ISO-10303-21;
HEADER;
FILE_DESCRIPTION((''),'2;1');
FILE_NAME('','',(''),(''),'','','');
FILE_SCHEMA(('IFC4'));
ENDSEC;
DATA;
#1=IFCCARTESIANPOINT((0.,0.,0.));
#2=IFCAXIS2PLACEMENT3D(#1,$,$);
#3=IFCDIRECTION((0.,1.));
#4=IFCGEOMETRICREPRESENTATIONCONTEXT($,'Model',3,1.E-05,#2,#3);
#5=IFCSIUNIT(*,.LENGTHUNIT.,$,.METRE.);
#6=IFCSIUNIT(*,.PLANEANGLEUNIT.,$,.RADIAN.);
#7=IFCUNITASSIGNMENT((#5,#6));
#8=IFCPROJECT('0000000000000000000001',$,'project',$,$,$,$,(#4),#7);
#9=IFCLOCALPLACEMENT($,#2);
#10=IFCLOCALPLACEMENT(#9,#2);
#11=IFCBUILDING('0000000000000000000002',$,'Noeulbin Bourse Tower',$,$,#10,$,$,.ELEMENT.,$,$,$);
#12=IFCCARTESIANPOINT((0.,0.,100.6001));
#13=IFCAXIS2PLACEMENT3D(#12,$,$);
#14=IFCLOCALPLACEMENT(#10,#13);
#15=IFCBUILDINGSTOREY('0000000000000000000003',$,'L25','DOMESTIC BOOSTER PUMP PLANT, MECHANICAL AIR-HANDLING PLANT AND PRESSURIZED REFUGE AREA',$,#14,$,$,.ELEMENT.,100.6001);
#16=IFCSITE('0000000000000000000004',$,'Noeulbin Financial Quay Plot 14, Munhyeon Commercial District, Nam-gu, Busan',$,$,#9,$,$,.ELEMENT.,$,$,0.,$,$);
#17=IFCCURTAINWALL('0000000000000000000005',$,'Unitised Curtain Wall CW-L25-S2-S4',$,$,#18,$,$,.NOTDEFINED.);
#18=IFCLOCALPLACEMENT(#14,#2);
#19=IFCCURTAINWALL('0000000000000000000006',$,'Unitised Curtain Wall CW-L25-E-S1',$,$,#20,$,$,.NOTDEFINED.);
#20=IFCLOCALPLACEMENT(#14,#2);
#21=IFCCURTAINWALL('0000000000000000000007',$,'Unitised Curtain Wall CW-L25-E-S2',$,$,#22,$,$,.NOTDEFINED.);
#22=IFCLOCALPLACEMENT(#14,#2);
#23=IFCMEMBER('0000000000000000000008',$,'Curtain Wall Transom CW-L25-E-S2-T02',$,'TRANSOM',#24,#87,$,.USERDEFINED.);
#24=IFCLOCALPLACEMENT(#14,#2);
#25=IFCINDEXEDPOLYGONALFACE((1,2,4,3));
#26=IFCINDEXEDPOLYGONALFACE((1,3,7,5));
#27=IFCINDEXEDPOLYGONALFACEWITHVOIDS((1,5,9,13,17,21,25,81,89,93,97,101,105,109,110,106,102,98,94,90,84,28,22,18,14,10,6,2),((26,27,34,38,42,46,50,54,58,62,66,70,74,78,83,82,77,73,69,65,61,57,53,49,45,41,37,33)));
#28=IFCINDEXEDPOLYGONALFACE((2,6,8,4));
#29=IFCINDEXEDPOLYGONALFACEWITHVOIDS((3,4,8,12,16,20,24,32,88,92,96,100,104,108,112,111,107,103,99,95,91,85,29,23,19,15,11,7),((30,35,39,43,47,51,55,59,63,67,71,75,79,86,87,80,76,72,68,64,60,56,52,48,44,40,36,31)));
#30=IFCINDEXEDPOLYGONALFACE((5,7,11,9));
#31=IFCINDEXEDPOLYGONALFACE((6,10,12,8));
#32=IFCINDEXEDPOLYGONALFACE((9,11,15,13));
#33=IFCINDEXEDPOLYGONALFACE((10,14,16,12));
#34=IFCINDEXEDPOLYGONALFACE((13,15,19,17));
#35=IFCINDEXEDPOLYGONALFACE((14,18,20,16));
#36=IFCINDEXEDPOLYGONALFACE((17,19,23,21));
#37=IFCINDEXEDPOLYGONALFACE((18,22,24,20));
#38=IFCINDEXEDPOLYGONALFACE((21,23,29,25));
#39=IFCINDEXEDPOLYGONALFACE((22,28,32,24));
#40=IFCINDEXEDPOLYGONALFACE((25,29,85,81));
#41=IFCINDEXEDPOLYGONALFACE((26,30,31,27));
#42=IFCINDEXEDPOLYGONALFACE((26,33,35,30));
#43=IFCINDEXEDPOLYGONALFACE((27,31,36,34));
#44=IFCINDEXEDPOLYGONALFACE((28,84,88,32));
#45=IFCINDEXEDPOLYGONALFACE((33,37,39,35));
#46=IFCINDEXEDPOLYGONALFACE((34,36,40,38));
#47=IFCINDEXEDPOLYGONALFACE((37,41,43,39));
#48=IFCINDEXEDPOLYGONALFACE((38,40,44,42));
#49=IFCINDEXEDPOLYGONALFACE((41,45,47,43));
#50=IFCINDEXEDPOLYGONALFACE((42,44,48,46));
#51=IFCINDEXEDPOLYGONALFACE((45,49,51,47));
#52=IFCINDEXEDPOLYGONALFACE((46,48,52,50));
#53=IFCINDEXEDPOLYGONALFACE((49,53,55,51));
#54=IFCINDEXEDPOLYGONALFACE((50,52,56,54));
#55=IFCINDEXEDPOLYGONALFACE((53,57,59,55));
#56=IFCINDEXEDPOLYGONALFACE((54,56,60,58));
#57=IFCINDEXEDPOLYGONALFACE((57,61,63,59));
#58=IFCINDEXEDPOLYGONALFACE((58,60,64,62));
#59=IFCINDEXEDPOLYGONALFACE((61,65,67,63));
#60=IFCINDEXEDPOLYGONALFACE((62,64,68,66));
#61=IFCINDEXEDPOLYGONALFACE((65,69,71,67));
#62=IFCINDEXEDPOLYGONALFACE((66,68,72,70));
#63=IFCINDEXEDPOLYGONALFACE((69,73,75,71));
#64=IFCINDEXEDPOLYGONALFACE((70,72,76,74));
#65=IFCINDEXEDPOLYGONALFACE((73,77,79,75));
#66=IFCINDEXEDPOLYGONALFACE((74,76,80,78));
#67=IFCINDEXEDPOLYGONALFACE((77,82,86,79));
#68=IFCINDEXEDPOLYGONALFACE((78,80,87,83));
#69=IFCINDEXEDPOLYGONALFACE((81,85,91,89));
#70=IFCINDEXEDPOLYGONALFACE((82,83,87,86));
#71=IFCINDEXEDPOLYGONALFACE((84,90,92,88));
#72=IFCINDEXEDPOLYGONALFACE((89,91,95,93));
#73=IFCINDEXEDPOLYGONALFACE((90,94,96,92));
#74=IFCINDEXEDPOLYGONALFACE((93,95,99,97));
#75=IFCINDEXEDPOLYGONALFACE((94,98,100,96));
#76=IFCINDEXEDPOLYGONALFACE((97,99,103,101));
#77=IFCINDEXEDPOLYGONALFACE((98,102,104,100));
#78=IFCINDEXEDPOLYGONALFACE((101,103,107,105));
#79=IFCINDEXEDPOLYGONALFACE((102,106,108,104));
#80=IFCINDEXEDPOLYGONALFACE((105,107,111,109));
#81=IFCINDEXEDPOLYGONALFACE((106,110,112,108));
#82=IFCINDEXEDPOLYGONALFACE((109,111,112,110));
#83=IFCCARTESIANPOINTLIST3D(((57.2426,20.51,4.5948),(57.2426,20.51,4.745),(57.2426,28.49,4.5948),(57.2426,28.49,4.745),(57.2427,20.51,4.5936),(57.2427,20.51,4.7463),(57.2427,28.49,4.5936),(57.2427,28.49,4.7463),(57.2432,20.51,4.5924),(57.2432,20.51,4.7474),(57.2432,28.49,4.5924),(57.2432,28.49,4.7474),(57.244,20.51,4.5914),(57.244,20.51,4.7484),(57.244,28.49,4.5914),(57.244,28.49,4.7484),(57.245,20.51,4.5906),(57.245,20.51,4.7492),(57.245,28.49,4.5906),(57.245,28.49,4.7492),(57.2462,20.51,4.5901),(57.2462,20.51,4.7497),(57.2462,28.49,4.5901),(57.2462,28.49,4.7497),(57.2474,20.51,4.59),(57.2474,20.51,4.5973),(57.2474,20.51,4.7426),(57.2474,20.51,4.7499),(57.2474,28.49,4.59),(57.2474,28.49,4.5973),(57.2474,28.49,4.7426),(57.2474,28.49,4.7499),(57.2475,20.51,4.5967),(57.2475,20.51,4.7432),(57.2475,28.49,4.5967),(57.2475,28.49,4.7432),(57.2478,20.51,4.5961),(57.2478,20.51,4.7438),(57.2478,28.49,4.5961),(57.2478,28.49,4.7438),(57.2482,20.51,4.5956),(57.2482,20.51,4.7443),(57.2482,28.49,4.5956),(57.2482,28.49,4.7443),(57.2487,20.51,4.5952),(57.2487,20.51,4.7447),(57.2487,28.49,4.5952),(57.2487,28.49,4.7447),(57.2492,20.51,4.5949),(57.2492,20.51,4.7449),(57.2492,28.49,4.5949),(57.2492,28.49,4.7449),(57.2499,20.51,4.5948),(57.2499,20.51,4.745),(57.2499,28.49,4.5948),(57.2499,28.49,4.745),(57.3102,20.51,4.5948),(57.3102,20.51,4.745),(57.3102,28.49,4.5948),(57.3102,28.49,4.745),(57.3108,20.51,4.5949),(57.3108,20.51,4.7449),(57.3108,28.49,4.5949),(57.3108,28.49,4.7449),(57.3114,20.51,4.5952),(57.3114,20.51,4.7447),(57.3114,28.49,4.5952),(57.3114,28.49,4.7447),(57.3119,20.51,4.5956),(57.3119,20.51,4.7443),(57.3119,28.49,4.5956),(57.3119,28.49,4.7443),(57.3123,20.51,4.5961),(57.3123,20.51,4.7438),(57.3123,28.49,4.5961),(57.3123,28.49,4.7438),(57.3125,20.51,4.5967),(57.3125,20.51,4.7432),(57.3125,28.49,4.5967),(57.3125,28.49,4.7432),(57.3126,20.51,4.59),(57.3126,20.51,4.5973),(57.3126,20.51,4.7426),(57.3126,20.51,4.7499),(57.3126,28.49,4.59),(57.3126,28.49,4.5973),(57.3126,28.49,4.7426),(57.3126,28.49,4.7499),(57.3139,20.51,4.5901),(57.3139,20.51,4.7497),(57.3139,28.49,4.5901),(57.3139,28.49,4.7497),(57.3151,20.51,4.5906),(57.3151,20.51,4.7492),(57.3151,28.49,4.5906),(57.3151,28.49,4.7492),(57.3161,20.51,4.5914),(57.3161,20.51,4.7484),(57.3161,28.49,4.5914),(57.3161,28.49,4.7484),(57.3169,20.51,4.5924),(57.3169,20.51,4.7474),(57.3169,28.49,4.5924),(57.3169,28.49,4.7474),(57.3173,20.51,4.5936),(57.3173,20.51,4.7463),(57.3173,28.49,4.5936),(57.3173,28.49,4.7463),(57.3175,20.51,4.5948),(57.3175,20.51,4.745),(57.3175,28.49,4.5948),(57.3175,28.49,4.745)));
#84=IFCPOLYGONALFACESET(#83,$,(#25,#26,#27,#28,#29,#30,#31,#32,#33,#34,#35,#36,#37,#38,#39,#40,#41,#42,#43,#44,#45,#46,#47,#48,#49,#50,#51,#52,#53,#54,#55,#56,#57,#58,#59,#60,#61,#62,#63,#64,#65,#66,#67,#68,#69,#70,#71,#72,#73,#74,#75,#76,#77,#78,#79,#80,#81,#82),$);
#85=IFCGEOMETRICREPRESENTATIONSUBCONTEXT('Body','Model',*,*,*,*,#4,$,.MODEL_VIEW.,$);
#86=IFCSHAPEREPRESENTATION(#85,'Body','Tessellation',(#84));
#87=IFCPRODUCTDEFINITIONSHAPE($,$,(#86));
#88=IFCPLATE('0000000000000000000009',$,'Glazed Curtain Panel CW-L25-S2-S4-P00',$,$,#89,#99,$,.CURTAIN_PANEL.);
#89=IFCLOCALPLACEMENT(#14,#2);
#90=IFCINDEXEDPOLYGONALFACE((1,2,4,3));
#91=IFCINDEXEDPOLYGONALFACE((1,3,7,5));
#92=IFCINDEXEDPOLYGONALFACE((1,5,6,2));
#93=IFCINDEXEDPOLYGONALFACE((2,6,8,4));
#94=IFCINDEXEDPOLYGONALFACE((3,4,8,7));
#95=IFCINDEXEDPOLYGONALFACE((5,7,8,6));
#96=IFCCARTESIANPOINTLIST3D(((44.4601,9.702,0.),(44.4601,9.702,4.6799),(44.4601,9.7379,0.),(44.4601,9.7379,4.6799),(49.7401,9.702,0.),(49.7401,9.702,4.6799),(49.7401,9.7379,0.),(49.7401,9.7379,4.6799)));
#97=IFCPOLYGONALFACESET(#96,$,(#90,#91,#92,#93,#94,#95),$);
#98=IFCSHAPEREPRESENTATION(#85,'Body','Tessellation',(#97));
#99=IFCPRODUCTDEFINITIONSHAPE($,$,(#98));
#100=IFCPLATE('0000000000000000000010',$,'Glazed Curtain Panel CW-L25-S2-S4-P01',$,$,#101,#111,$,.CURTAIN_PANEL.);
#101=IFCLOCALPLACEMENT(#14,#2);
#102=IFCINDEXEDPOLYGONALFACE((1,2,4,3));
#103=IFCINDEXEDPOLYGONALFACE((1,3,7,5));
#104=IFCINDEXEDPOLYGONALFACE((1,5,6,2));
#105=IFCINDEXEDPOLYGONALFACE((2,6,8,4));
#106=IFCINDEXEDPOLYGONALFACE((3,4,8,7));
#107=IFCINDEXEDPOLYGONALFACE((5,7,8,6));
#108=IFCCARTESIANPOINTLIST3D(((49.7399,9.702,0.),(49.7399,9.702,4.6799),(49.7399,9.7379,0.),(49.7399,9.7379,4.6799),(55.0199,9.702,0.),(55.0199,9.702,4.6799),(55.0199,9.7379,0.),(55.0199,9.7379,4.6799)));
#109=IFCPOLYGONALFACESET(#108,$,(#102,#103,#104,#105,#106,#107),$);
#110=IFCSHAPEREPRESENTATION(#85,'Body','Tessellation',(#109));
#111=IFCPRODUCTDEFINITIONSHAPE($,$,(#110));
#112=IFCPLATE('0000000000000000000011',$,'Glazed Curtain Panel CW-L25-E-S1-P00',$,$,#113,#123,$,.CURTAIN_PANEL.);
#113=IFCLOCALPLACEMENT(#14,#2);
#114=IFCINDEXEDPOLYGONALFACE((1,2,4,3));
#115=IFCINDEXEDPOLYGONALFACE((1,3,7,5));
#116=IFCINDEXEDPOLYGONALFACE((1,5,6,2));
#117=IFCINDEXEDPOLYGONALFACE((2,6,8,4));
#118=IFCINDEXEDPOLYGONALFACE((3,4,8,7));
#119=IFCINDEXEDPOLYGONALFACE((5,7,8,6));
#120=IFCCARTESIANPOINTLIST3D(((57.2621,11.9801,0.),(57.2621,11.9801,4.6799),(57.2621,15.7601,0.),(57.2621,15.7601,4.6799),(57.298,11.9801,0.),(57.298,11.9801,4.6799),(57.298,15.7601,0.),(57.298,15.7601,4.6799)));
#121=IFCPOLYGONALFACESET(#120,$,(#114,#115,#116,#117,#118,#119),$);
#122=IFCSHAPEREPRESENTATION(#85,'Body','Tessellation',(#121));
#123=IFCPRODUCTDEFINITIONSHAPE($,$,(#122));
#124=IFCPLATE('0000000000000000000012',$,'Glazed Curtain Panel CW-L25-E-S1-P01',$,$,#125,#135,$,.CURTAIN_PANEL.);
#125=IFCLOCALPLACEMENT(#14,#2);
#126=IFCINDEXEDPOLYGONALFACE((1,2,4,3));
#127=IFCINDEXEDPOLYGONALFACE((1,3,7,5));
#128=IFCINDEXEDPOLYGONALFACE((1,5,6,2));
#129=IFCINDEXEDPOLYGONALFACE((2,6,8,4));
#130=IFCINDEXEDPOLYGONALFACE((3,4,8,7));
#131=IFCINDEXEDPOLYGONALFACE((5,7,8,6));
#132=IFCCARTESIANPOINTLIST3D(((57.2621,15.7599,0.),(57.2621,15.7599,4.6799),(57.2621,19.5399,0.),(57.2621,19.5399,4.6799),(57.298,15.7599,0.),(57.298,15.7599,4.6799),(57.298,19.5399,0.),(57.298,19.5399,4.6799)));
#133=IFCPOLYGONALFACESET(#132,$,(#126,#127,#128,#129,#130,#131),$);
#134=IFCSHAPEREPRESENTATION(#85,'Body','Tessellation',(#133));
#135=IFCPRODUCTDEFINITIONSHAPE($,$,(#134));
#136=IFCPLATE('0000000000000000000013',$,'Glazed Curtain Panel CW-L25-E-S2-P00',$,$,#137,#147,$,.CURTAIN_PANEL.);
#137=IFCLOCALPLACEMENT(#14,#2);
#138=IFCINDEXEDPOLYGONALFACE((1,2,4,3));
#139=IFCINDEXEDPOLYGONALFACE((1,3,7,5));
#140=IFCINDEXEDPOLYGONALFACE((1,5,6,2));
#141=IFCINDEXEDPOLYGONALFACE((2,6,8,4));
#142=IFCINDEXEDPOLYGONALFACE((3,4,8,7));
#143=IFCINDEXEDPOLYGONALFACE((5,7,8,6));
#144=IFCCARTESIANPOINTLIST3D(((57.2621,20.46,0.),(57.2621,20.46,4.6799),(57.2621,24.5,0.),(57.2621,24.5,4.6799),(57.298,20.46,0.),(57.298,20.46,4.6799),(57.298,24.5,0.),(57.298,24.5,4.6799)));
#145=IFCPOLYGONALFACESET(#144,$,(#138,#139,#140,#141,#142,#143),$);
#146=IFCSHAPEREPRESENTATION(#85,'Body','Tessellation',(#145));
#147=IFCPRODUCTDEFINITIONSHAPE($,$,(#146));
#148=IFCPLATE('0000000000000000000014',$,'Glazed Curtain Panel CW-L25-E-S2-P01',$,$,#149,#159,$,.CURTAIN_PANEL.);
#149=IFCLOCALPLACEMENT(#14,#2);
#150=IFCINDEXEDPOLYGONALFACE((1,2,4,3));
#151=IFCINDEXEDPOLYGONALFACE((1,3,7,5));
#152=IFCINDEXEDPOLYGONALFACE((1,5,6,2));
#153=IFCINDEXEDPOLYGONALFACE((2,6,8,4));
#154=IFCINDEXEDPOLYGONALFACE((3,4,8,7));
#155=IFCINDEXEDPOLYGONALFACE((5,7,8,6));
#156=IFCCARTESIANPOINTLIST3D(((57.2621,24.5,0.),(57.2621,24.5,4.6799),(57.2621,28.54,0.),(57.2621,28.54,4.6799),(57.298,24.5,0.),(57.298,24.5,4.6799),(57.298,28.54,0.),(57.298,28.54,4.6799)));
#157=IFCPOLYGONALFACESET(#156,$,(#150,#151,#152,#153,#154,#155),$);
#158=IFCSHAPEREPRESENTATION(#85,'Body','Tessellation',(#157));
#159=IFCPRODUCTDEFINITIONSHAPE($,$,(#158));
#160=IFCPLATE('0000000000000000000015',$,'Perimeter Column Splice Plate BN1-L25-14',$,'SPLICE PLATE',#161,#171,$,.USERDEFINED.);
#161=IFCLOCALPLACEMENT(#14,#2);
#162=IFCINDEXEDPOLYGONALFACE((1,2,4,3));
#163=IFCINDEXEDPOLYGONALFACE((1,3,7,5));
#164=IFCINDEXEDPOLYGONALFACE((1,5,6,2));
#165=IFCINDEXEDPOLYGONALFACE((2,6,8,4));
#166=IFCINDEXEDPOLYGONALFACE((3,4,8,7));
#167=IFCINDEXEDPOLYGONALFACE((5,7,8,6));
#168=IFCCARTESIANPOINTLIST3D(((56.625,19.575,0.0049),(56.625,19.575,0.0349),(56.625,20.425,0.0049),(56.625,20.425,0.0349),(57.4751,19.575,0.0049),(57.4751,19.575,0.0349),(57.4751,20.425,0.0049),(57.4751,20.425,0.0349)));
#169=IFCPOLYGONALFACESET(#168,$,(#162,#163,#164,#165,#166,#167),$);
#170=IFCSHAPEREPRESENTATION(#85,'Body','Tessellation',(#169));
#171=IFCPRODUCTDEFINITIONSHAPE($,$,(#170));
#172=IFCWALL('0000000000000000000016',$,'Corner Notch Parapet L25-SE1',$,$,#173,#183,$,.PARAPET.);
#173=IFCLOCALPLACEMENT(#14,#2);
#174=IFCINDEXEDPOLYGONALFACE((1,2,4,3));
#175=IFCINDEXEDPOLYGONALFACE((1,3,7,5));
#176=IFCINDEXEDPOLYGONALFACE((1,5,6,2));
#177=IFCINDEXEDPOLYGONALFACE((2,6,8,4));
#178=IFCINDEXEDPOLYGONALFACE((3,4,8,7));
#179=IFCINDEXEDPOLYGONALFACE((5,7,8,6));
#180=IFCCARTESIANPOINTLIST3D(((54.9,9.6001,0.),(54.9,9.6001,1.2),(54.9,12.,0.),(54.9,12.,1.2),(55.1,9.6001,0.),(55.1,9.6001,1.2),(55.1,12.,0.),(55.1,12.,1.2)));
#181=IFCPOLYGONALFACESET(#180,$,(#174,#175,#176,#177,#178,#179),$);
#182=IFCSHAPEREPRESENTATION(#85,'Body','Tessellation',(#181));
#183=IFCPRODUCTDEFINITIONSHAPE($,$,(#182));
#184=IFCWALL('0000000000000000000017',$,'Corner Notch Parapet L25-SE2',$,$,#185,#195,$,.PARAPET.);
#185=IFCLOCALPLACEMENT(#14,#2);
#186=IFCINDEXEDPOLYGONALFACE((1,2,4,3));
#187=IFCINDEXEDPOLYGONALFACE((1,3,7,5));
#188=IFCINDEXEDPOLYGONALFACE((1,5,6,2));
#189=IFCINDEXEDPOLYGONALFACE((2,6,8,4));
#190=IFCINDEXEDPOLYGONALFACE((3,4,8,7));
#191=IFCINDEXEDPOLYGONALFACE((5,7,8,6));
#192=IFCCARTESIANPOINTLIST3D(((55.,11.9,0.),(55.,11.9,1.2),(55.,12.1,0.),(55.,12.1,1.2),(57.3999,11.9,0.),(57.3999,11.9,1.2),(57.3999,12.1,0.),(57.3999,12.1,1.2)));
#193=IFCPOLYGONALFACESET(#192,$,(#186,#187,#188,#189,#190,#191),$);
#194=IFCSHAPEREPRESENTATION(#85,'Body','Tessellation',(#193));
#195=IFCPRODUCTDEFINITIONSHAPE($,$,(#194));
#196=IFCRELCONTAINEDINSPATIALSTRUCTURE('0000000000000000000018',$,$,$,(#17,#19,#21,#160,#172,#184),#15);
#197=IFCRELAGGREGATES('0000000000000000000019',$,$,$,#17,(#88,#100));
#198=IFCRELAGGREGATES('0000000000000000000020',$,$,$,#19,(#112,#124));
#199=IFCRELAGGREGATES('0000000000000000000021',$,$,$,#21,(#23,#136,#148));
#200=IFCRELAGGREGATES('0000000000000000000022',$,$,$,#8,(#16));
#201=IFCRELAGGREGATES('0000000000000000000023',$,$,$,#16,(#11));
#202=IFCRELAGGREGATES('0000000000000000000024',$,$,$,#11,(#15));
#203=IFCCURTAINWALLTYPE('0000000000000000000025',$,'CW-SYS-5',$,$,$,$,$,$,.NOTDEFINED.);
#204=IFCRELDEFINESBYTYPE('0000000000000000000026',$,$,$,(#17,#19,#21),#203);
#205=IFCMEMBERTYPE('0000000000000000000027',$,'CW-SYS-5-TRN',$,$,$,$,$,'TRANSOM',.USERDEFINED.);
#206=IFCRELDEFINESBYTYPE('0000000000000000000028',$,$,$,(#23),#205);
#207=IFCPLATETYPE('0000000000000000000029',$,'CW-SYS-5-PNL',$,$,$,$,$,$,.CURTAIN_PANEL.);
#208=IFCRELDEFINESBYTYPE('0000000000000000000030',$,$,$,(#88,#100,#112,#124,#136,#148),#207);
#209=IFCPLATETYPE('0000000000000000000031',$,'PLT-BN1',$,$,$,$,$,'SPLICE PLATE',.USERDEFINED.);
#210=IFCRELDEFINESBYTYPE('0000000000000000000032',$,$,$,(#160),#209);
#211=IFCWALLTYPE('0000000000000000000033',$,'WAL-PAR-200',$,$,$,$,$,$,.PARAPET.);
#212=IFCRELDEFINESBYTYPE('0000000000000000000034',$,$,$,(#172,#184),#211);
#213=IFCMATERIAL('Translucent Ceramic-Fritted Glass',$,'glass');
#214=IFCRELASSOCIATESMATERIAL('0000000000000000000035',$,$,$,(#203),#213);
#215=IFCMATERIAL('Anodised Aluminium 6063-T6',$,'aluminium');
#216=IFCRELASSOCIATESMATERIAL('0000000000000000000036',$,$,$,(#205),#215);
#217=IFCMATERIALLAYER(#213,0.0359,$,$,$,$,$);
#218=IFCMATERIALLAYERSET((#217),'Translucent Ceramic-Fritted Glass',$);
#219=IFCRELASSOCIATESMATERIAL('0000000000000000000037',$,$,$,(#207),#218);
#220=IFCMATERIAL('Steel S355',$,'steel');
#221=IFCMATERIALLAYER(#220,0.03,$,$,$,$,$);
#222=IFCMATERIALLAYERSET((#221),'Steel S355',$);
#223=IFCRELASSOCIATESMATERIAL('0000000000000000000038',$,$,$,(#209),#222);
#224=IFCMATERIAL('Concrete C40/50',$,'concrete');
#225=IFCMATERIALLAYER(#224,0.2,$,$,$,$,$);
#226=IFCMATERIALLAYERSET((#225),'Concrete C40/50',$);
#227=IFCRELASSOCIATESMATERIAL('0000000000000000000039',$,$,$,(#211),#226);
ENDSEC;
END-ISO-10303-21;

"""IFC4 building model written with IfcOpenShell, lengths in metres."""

from ifc_helpers import new_model, si_unit, direction, frame, frame_2d, origin, origin_2d, place, context, subcontext, project, spatial, rectangle, hollow_rectangle, extrude, material, layer, layer_set, material_profile, profile_set, type_object, element, aggregate, save


model = new_model("IFC4")

# Units and contexts
model_context = context("Model", 3, precision=1e-05, world=origin(), true_north=direction((0.0, 1.0)))
body_context = subcontext(model_context, "Body", "Model", "MODEL_VIEW")
ifc_project = project(units=[si_unit("LENGTHUNIT", "METRE"), si_unit("PLANEANGLEUNIT", "RADIAN")], contexts=[model_context])

# Site, building, storey
site_placement = place(None, origin())
site = spatial("IfcSite", under=ifc_project, at=site_placement, Name="Noeulbin Financial Quay Plot 14, Munhyeon Commercial District, Nam-gu, Busan", CompositionType="ELEMENT", RefElevation=0.0)
building_placement = place(site_placement, origin())
building = spatial("IfcBuilding", under=site, at=building_placement, Name="Noeulbin Bourse Tower", CompositionType="ELEMENT")
storey_placement = place(building_placement, frame((0.0, 0.0, 100.6001)))
storey = spatial("IfcBuildingStorey", under=building, at=storey_placement, Name="L25", Description="DOMESTIC BOOSTER PUMP PLANT, MECHANICAL AIR-HANDLING PLANT AND PRESSURIZED REFUGE AREA", CompositionType="ELEMENT", Elevation=100.6001)

# Curtain walls
ifc_material_1 = material(Name="Translucent Ceramic-Fritted Glass", Category="glass")
curtain_wall_type = type_object("IfcCurtainWallType", Name="CW-SYS-5", PredefinedType="NOTDEFINED", material=ifc_material_1)
curtain_wall_1_placement = place(storey_placement, origin())
curtain_wall_1 = element("IfcCurtainWall", 1, at=curtain_wall_1_placement, inside=storey, type_object=curtain_wall_type, Name="Unitised Curtain Wall CW-L25-S2-S4", PredefinedType="NOTDEFINED")
ifc_material_2 = material(Name="Anodised Aluminium 6063-T6", Category="aluminium")
curtain_wall_2_placement = place(storey_placement, origin())
curtain_wall_2 = element("IfcCurtainWall", 2, at=curtain_wall_2_placement, inside=storey, type_object=curtain_wall_type, Name="Unitised Curtain Wall CW-L25-E-S1", PredefinedType="NOTDEFINED")
curtain_wall_3_placement = place(storey_placement, origin())
curtain_wall_3 = element("IfcCurtainWall", 3, at=curtain_wall_3_placement, inside=storey, type_object=curtain_wall_type, Name="Unitised Curtain Wall CW-L25-E-S2", PredefinedType="NOTDEFINED")

# Member
ifc_material_profile_1 = material_profile(ifc_material_2, hollow_rectangle(XDim=0.075, YDim=0.1599, WallThickness=0.0049, InnerFilletRadius=0.0024, OuterFilletRadius=0.0049, at=origin_2d()), Name="ALU-TRAN-75x160x5", Category="LoadBearing")
ifc_profile_set_1 = profile_set([ifc_material_profile_1], Name="Anodised Aluminium 6063-T6")
member_type_1 = type_object("IfcMemberType", Name="CW-SYS-5-TRN", ElementType="TRANSOM", PredefinedType="USERDEFINED", material=ifc_profile_set_1)
member_1_placement = place(storey_placement, frame((57.28, 20.51, 4.6699), z_axis=(0.0, 1.0, 0.0), x_axis=(-1.0, 0.0, 0.0)))
member_1 = element("IfcMember", 4, at=member_1_placement, type_object=member_type_1, Name="Curtain Wall Transom CW-L25-E-S2-T02", ObjectType="TRANSOM", PredefinedType="USERDEFINED", context=body_context, shape_type="SweptSolid", body=[
    extrude(hollow_rectangle(XDim=0.075, YDim=0.1599, WallThickness=0.0049, InnerFilletRadius=0.0024, OuterFilletRadius=0.0049, at=origin_2d()), origin(), (0.0, 0.0, 1.0), 7.98),
])

# Plates
ifc_layer_1 = layer(ifc_material_1, 0.0359)
ifc_layer_set_1 = layer_set([ifc_layer_1], Name="Translucent Ceramic-Fritted Glass")
plate_type_1 = type_object("IfcPlateType", Name="CW-SYS-5-PNL", PredefinedType="CURTAIN_PANEL", material=ifc_layer_set_1)
plate_1_placement = place(storey_placement, frame((47.1001, 9.72, 0.0), z_axis=(0.0, 0.0, 1.0), x_axis=(1.0, 0.0, 0.0)))
plate_1 = element("IfcPlate", 5, at=plate_1_placement, type_object=plate_type_1, Name="Glazed Curtain Panel CW-L25-S2-S4-P00", PredefinedType="CURTAIN_PANEL", context=body_context, shape_type="SweptSolid", body=[
    extrude(rectangle(XDim=5.28, YDim=0.0359, at=origin_2d()), origin(), (0.0, 0.0, 1.0), 4.6799),
])
plate_2_placement = place(storey_placement, frame((52.3799, 9.72, 0.0), z_axis=(0.0, 0.0, 1.0), x_axis=(1.0, 0.0, 0.0)))
plate_2 = element("IfcPlate", 6, at=plate_2_placement, type_object=plate_type_1, Name="Glazed Curtain Panel CW-L25-S2-S4-P01", PredefinedType="CURTAIN_PANEL", context=body_context, shape_type="SweptSolid", body=[
    extrude(rectangle(XDim=5.28, YDim=0.0359, at=origin_2d()), origin(), (0.0, 0.0, 1.0), 4.6799),
])
aggregate(curtain_wall_1, [plate_1, plate_2])
plate_3_placement = place(storey_placement, frame((57.28, 13.8701, 0.0), z_axis=(0.0, 0.0, 1.0), x_axis=(0.0, 1.0, 0.0)))
plate_3 = element("IfcPlate", 7, at=plate_3_placement, type_object=plate_type_1, Name="Glazed Curtain Panel CW-L25-E-S1-P00", PredefinedType="CURTAIN_PANEL", context=body_context, shape_type="SweptSolid", body=[
    extrude(rectangle(XDim=3.78, YDim=0.0359, at=origin_2d()), origin(), (0.0, 0.0, 1.0), 4.6799),
])
plate_4_placement = place(storey_placement, frame((57.28, 17.6499, 0.0), z_axis=(0.0, 0.0, 1.0), x_axis=(0.0, 1.0, 0.0)))
plate_4 = element("IfcPlate", 8, at=plate_4_placement, type_object=plate_type_1, Name="Glazed Curtain Panel CW-L25-E-S1-P01", PredefinedType="CURTAIN_PANEL", context=body_context, shape_type="SweptSolid", body=[
    extrude(rectangle(XDim=3.78, YDim=0.0359, at=origin_2d()), origin(), (0.0, 0.0, 1.0), 4.6799),
])
aggregate(curtain_wall_2, [plate_3, plate_4])
plate_5_placement = place(storey_placement, frame((57.28, 22.48, 0.0), z_axis=(0.0, 0.0, 1.0), x_axis=(0.0, 1.0, 0.0)))
plate_5 = element("IfcPlate", 9, at=plate_5_placement, type_object=plate_type_1, Name="Glazed Curtain Panel CW-L25-E-S2-P00", PredefinedType="CURTAIN_PANEL", context=body_context, shape_type="SweptSolid", body=[
    extrude(rectangle(XDim=4.04, YDim=0.0359, at=origin_2d()), origin(), (0.0, 0.0, 1.0), 4.6799),
])
plate_6_placement = place(storey_placement, frame((57.28, 26.52, 0.0), z_axis=(0.0, 0.0, 1.0), x_axis=(0.0, 1.0, 0.0)))
plate_6 = element("IfcPlate", 10, at=plate_6_placement, type_object=plate_type_1, Name="Glazed Curtain Panel CW-L25-E-S2-P01", PredefinedType="CURTAIN_PANEL", context=body_context, shape_type="SweptSolid", body=[
    extrude(rectangle(XDim=4.04, YDim=0.0359, at=origin_2d()), origin(), (0.0, 0.0, 1.0), 4.6799),
])
aggregate(curtain_wall_3, [member_1, plate_5, plate_6])
ifc_material_3 = material(Name="Steel S355", Category="steel")
ifc_layer_2 = layer(ifc_material_3, 0.03)
ifc_layer_set_2 = layer_set([ifc_layer_2], Name="Steel S355")
plate_type_2 = type_object("IfcPlateType", Name="PLT-BN1", ElementType="SPLICE PLATE", PredefinedType="USERDEFINED", material=ifc_layer_set_2)
plate_7_placement = place(storey_placement, frame((57.05, 20.0, 0.0049), z_axis=(0.0, 0.0, 1.0), x_axis=(1.0, 0.0, 0.0)))
element("IfcPlate", 11, at=plate_7_placement, inside=storey, type_object=plate_type_2, Name="Perimeter Column Splice Plate BN1-L25-14", ObjectType="SPLICE PLATE", PredefinedType="USERDEFINED", context=body_context, shape_type="SweptSolid", body=[
    extrude(rectangle(XDim=0.8501, YDim=0.8501, at=origin_2d()), origin(), (0.0, 0.0, 1.0), 0.03),
])

# Walls
ifc_material_4 = material(Name="Concrete C40/50", Category="concrete")
ifc_layer_3 = layer(ifc_material_4, 0.2)
ifc_layer_set_3 = layer_set([ifc_layer_3], Name="Concrete C40/50")
wall_type = type_object("IfcWallType", Name="WAL-PAR-200", PredefinedType="PARAPET", material=ifc_layer_set_3)
for number, where, z_axis, x_axis, name in (
    (12, (55.0, 9.6001, 0.0), (0.0, 0.0, 1.0), (0.0, 1.0, 0.0), "Corner Notch Parapet L25-SE1"),
    (13, (55.0, 12.0, 0.0), (0.0, 0.0, 1.0), (1.0, 0.0, 0.0), "Corner Notch Parapet L25-SE2"),
):
    element("IfcWall", number, at=place(storey_placement, frame(where, z_axis=z_axis, x_axis=x_axis)), inside=storey, type_object=wall_type, Name=name, PredefinedType="PARAPET", context=body_context, shape_type="SweptSolid", body=[
        extrude(rectangle(XDim=2.3999, YDim=0.2, at=frame_2d((1.2, 0.0))), origin(), (0.0, 0.0, 1.0), 1.2),
    ])

save(model, "model.ifc")
